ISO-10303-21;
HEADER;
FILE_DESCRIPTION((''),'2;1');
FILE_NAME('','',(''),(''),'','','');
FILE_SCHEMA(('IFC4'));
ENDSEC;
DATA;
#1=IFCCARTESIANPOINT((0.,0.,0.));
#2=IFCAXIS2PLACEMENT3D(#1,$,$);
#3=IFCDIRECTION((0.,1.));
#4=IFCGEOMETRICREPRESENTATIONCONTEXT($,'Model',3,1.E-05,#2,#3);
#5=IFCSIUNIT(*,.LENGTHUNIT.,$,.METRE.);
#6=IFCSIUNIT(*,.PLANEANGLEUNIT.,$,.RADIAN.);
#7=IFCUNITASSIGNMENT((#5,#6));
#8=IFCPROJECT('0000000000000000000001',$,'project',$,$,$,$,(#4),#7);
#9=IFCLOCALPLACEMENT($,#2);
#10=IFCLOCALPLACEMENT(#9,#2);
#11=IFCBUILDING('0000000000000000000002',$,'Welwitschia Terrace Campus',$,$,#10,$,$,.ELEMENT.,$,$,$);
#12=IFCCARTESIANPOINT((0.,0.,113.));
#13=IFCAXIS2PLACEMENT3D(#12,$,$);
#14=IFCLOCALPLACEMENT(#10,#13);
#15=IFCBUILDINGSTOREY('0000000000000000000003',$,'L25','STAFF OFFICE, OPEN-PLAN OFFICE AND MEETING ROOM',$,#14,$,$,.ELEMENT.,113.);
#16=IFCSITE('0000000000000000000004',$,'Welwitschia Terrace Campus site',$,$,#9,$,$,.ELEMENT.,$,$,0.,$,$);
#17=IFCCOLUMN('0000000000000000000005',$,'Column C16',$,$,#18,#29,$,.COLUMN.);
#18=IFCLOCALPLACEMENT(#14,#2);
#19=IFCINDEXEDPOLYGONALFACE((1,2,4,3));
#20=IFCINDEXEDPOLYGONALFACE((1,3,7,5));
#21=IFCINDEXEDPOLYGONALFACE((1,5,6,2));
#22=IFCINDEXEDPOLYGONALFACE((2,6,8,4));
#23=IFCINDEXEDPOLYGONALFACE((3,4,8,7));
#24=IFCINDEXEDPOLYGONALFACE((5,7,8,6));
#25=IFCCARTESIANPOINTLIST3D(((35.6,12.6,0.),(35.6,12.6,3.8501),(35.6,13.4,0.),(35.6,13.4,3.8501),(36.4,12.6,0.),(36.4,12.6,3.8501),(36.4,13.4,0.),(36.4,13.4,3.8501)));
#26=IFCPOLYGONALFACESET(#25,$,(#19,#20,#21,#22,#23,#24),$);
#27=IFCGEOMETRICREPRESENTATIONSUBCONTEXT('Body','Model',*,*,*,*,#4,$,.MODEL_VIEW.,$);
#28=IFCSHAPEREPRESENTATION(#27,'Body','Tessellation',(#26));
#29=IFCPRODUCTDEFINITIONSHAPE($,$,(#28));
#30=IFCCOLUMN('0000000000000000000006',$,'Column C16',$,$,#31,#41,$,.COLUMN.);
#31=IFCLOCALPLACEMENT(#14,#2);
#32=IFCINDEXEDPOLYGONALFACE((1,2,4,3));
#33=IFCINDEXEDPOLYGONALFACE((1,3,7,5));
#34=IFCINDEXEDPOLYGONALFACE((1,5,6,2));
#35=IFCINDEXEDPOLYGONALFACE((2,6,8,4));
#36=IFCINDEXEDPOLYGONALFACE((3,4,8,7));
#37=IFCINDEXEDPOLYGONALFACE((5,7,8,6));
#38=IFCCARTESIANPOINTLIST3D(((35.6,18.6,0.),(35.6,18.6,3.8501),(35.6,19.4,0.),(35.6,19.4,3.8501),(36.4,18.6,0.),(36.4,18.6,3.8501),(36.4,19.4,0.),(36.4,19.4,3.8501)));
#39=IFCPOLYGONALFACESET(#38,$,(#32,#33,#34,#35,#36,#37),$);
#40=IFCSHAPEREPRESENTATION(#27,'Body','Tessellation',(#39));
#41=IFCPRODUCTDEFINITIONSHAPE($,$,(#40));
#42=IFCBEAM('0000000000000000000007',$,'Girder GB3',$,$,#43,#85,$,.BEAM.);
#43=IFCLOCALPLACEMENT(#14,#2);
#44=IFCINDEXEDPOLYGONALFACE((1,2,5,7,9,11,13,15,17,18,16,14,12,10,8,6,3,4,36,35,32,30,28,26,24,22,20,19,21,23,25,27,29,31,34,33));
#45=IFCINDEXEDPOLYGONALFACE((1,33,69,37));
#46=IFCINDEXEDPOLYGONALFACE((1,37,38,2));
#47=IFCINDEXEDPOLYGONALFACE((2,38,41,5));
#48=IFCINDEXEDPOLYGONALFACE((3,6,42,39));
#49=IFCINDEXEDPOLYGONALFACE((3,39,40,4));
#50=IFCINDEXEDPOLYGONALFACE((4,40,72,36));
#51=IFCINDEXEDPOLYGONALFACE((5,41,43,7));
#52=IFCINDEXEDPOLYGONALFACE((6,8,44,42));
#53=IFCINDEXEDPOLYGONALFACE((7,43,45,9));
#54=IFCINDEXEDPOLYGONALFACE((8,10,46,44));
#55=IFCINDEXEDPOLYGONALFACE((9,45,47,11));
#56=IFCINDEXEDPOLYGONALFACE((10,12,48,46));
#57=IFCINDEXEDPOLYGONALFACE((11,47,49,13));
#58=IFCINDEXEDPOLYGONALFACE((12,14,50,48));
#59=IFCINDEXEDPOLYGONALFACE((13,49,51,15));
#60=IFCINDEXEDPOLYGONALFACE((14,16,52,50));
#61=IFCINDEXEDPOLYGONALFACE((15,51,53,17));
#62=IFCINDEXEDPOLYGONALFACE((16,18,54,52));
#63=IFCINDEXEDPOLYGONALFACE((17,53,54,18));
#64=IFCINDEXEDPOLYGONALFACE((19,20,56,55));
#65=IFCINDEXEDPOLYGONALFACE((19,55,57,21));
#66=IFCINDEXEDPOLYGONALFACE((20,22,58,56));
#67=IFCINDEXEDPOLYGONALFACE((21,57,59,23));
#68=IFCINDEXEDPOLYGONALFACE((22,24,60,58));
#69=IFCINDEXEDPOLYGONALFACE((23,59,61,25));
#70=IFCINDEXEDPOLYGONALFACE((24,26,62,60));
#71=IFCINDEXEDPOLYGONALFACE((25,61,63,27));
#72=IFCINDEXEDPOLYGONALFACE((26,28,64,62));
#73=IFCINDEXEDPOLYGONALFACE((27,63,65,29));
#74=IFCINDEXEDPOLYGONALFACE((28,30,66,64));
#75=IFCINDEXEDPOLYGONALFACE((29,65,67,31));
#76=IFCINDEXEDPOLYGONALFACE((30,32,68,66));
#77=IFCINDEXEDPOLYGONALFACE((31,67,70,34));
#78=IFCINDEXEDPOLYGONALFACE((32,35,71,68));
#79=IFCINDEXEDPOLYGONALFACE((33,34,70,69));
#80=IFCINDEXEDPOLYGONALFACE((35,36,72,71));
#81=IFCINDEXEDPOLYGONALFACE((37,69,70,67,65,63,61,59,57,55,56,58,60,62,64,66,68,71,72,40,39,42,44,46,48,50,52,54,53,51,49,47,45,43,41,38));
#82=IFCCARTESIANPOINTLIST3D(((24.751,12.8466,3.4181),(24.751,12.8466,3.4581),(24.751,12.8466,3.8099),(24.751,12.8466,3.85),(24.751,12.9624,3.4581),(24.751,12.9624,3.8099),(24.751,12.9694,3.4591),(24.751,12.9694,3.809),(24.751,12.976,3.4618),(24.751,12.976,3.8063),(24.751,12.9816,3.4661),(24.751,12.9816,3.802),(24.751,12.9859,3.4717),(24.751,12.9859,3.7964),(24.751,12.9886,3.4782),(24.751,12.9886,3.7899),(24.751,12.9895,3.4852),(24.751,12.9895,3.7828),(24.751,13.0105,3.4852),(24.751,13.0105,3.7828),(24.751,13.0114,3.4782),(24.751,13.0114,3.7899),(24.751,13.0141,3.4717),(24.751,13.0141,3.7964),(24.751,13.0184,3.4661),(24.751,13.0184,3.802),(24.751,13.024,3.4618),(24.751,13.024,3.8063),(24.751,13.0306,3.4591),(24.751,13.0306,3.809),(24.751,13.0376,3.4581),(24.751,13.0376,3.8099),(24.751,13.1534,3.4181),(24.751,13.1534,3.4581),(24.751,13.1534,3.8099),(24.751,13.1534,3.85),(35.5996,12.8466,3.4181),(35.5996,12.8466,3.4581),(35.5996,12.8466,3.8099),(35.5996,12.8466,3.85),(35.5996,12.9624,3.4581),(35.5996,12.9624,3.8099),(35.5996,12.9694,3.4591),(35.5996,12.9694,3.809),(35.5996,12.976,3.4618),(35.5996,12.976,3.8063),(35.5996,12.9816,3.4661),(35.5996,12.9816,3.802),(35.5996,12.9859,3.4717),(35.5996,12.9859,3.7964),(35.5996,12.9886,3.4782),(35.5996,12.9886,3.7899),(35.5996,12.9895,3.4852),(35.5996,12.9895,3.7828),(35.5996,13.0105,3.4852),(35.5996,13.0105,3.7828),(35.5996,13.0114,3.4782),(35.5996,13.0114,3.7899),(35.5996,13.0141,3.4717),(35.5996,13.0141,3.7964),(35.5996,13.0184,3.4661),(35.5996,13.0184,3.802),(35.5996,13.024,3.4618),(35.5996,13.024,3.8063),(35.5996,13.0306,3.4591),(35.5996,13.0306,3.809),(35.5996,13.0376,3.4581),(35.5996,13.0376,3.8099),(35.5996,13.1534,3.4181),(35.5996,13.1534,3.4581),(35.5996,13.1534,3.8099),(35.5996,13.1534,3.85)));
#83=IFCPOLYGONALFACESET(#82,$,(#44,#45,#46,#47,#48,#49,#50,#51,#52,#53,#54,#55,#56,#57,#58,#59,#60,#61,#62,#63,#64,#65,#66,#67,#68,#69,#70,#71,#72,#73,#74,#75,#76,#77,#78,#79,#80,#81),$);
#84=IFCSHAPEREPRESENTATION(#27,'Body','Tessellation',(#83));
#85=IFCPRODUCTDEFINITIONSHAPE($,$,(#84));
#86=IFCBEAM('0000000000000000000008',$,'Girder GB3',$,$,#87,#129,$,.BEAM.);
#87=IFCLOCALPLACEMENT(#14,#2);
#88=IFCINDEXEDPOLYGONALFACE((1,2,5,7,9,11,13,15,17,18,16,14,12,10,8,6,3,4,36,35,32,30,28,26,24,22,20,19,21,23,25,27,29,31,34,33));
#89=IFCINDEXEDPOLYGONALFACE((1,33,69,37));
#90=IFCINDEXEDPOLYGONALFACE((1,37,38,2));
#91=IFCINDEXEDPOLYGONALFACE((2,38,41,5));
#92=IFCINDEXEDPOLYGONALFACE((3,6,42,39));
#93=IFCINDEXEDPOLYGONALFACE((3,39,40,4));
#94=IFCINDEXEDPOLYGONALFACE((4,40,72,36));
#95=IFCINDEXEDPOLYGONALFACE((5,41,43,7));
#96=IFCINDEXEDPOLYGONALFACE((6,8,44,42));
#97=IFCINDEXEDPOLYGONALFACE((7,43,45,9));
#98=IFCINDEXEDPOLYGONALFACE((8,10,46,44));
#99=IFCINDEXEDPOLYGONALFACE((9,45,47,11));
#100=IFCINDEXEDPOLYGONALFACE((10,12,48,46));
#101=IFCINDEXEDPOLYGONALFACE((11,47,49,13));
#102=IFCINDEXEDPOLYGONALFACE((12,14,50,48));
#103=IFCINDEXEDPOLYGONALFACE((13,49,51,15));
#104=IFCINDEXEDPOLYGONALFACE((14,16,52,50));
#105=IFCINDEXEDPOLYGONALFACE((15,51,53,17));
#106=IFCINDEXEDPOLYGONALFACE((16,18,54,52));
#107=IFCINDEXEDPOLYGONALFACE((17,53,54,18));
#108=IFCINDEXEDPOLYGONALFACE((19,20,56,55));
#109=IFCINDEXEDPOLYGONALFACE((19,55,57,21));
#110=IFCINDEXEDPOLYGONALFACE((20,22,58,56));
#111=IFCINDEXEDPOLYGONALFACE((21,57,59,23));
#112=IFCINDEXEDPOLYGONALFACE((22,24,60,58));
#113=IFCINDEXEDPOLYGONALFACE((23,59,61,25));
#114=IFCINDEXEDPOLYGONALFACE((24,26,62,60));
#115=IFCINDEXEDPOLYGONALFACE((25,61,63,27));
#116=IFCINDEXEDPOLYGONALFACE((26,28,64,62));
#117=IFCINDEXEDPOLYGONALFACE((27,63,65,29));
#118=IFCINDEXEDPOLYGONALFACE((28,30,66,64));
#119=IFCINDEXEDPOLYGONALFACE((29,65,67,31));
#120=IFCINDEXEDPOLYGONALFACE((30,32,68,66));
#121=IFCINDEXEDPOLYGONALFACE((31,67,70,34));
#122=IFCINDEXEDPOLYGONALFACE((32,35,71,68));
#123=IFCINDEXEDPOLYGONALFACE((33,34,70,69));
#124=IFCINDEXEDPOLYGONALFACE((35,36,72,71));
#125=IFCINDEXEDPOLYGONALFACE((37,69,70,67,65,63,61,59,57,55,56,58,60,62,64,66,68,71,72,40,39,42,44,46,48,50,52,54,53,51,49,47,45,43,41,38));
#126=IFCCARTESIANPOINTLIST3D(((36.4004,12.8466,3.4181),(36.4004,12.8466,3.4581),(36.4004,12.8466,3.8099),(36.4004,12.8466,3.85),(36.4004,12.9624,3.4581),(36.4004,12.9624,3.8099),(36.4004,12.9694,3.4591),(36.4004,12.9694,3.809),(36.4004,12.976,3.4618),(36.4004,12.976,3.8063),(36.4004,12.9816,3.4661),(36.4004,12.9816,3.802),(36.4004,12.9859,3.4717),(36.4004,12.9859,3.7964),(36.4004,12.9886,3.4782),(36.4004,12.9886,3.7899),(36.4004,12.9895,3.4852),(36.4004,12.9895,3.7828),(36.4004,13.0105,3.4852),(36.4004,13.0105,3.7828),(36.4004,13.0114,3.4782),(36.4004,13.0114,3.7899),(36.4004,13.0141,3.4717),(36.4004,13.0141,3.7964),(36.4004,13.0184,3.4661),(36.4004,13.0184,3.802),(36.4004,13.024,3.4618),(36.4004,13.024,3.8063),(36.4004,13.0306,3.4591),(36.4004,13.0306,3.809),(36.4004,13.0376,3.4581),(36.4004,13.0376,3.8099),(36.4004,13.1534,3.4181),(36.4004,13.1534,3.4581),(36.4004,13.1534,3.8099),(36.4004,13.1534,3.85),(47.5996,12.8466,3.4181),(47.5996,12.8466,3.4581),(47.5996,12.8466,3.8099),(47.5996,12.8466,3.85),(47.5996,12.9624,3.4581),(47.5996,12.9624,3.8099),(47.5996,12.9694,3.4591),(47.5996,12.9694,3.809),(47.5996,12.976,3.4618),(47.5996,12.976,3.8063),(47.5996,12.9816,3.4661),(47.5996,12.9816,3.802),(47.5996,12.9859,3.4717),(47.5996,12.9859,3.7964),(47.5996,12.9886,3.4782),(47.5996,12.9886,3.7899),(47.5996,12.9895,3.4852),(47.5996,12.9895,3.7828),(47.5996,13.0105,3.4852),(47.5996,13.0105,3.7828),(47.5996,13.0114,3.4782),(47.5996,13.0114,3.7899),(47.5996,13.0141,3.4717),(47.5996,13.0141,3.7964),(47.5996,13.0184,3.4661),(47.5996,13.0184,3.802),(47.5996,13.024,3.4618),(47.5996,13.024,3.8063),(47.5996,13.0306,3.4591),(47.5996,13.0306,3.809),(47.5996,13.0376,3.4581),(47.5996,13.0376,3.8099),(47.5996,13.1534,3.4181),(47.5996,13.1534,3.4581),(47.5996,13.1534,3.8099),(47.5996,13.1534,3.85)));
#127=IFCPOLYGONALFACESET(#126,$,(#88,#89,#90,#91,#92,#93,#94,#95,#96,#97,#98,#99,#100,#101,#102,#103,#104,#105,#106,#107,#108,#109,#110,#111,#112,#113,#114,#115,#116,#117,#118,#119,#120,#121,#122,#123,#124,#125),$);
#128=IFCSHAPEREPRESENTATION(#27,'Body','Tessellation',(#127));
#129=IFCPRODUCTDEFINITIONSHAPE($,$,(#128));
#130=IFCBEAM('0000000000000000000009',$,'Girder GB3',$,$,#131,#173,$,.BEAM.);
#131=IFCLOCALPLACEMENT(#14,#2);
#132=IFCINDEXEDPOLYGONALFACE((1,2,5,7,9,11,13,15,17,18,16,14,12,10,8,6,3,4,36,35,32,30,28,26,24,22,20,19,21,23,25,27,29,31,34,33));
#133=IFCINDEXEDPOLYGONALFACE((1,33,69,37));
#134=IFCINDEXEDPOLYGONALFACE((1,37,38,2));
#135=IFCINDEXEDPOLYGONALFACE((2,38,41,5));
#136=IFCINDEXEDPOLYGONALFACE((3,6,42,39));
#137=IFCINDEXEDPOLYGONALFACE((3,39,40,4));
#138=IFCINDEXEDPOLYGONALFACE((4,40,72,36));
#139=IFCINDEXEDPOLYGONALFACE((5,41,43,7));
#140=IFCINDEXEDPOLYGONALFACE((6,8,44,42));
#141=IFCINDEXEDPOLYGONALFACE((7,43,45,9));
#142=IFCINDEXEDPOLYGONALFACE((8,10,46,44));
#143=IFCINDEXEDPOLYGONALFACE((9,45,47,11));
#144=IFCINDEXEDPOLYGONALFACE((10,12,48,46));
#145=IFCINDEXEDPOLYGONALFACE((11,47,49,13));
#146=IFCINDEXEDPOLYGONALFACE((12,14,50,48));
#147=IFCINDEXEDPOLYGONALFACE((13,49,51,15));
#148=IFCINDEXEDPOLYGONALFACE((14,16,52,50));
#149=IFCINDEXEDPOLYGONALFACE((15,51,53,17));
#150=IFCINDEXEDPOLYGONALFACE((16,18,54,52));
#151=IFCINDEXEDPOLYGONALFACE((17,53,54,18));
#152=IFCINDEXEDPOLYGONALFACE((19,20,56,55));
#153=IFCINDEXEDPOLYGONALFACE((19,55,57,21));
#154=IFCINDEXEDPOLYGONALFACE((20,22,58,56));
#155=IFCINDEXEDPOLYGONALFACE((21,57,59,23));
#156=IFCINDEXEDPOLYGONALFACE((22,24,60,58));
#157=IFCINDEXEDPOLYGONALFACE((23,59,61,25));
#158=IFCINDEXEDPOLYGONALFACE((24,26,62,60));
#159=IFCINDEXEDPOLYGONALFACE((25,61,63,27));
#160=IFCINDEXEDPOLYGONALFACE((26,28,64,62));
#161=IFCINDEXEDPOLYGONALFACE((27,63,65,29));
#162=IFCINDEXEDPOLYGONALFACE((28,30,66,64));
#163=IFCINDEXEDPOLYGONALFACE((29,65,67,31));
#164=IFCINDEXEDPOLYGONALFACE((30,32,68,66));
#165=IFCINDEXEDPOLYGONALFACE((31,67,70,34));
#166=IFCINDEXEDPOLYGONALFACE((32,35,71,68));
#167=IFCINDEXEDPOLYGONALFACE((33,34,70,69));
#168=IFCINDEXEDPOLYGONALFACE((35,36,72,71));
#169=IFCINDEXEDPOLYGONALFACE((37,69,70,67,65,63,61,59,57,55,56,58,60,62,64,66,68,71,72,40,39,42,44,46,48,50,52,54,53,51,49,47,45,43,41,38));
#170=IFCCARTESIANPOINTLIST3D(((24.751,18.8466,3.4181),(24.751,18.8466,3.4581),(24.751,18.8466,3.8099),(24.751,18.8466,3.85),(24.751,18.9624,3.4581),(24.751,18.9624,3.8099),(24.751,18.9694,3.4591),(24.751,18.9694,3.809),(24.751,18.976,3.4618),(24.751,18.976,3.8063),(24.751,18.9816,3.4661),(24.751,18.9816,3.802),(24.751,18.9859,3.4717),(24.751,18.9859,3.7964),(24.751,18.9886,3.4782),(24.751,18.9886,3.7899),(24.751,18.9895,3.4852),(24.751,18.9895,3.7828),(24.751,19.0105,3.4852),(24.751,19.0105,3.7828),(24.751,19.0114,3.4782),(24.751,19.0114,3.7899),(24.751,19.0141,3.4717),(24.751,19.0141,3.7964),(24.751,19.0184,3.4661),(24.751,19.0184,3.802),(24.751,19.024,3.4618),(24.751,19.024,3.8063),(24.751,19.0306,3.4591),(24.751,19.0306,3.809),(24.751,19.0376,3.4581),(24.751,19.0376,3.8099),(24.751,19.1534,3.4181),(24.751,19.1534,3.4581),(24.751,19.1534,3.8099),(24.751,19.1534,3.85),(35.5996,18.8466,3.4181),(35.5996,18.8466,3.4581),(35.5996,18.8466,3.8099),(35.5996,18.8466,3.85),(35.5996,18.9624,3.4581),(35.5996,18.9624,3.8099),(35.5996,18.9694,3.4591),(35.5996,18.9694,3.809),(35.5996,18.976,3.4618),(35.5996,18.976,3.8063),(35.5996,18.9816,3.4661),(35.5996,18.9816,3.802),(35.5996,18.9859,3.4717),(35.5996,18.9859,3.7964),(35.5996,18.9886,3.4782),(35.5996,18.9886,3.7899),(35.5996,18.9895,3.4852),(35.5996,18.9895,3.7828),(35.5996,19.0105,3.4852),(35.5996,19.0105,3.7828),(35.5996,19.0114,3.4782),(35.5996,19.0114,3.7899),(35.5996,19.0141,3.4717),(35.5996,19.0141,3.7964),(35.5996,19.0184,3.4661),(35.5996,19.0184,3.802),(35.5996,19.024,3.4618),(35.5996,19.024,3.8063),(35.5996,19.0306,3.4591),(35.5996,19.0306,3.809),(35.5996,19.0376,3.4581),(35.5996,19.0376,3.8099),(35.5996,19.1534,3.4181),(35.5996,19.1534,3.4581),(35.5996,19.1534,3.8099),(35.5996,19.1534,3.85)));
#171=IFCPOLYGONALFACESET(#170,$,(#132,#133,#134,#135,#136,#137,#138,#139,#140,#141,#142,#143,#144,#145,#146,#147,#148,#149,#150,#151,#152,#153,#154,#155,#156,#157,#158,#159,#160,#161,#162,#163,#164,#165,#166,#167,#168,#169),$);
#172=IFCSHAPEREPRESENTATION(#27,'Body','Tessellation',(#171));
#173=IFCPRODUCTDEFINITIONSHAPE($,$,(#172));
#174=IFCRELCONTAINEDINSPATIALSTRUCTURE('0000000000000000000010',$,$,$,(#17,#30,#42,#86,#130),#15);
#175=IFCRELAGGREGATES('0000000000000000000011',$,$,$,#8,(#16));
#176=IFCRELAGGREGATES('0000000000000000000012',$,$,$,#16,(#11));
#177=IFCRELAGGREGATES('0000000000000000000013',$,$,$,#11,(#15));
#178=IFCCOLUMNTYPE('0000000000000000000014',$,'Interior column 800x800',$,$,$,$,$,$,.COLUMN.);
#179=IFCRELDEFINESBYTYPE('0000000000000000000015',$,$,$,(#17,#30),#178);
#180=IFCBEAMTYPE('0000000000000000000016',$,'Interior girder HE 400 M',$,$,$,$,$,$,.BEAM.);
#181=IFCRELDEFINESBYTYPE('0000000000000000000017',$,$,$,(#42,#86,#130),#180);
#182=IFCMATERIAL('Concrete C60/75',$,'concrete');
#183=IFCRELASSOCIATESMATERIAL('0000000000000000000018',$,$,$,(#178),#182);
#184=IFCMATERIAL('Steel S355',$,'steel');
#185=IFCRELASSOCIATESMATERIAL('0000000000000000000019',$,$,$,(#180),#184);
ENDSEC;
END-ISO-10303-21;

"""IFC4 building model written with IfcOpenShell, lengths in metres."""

from ifc_helpers import new_model, si_unit, direction, frame, origin, origin_2d, place, context, subcontext, project, spatial, rectangle, i_section, extrude, material, material_profile, profile_set, type_object, element, save


model = new_model("IFC4")

# Units and contexts
model_context = context("Model", 3, precision=1e-05, world=origin(), true_north=direction((0.0, 1.0)))
body_context = subcontext(model_context, "Body", "Model", "MODEL_VIEW")
ifc_project = project(units=[si_unit("LENGTHUNIT", "METRE"), si_unit("PLANEANGLEUNIT", "RADIAN")], contexts=[model_context])

# Site, building, storey
site_placement = place(None, origin())
site = spatial("IfcSite", under=ifc_project, at=site_placement, Name="Welwitschia Terrace Campus site", CompositionType="ELEMENT", RefElevation=0.0)
building_placement = place(site_placement, origin())
building = spatial("IfcBuilding", under=site, at=building_placement, Name="Welwitschia Terrace Campus", CompositionType="ELEMENT")
storey_placement = place(building_placement, frame((0.0, 0.0, 113.0)))
storey = spatial("IfcBuildingStorey", under=building, at=storey_placement, Name="L25", Description="STAFF OFFICE, OPEN-PLAN OFFICE AND MEETING ROOM", CompositionType="ELEMENT", Elevation=113.0)

# Columns
ifc_material_1 = material(Name="Concrete C60/75", Category="concrete")
ifc_material_profile_1 = material_profile(ifc_material_1, rectangle(XDim=0.8, YDim=0.8, at=origin_2d()))
ifc_profile_set_1 = profile_set([ifc_material_profile_1], Name="Concrete C60/75")
column_type = type_object("IfcColumnType", Name="Interior column 800x800", PredefinedType="COLUMN", material=ifc_profile_set_1)
for number, where, z_axis, x_axis, name in (
    (1, (36.0, 13.0, 0.0), (0.0, 0.0, 1.0), (1.0, 0.0, 0.0), "Column C16"),
    (2, (36.0, 19.0, 0.0), (0.0, 0.0, 1.0), (1.0, 0.0, 0.0), "Column C16"),
):
    element("IfcColumn", number, at=place(storey_placement, frame(where, z_axis=z_axis, x_axis=x_axis)), inside=storey, type_object=column_type, Name=name, PredefinedType="COLUMN", context=body_context, shape_type="SweptSolid", body=[
        extrude(rectangle(XDim=0.8, YDim=0.8, at=origin_2d()), origin(), (0.0, 0.0, 1.0), 3.8501),
    ])

# Beams
ifc_material_2 = material(Name="Steel S355", Category="steel")
ifc_material_profile_2 = material_profile(ifc_material_2, i_section(OverallWidth=0.3069, OverallDepth=0.4319, WebThickness=0.021, FlangeThickness=0.04, FilletRadius=0.0271, at=origin_2d()))
ifc_profile_set_2 = profile_set([ifc_material_profile_2], Name="Steel S355")
beam_type = type_object("IfcBeamType", Name="Interior girder HE 400 M", PredefinedType="BEAM", material=ifc_profile_set_2)
beam_1_placement = place(storey_placement, frame((24.751, 13.0, 3.634), z_axis=(1.0, 0.0, 0.0), x_axis=(0.0, 1.0, 0.0)))
element("IfcBeam", 3, at=beam_1_placement, inside=storey, type_object=beam_type, Name="Girder GB3", PredefinedType="BEAM", context=body_context, shape_type="SweptSolid", body=[
    extrude(i_section(OverallWidth=0.3069, OverallDepth=0.4319, WebThickness=0.021, FlangeThickness=0.04, FilletRadius=0.0271, at=origin_2d()), origin(), (0.0, 0.0, 1.0), 10.8486),
])
beam_2_placement = place(storey_placement, frame((36.4004, 13.0, 3.634), z_axis=(1.0, 0.0, 0.0), x_axis=(0.0, 1.0, 0.0)))
element("IfcBeam", 4, at=beam_2_placement, inside=storey, type_object=beam_type, Name="Girder GB3", PredefinedType="BEAM", context=body_context, shape_type="SweptSolid", body=[
    extrude(i_section(OverallWidth=0.3069, OverallDepth=0.4319, WebThickness=0.021, FlangeThickness=0.04, FilletRadius=0.0271, at=origin_2d()), origin(), (0.0, 0.0, 1.0), 11.1992),
])
beam_3_placement = place(storey_placement, frame((24.751, 19.0, 3.634), z_axis=(1.0, 0.0, 0.0), x_axis=(0.0, 1.0, 0.0)))
element("IfcBeam", 5, at=beam_3_placement, inside=storey, type_object=beam_type, Name="Girder GB3", PredefinedType="BEAM", context=body_context, shape_type="SweptSolid", body=[
    extrude(i_section(OverallWidth=0.3069, OverallDepth=0.4319, WebThickness=0.021, FlangeThickness=0.04, FilletRadius=0.0271, at=origin_2d()), origin(), (0.0, 0.0, 1.0), 10.8486),
])

save(model, "model.ifc")
